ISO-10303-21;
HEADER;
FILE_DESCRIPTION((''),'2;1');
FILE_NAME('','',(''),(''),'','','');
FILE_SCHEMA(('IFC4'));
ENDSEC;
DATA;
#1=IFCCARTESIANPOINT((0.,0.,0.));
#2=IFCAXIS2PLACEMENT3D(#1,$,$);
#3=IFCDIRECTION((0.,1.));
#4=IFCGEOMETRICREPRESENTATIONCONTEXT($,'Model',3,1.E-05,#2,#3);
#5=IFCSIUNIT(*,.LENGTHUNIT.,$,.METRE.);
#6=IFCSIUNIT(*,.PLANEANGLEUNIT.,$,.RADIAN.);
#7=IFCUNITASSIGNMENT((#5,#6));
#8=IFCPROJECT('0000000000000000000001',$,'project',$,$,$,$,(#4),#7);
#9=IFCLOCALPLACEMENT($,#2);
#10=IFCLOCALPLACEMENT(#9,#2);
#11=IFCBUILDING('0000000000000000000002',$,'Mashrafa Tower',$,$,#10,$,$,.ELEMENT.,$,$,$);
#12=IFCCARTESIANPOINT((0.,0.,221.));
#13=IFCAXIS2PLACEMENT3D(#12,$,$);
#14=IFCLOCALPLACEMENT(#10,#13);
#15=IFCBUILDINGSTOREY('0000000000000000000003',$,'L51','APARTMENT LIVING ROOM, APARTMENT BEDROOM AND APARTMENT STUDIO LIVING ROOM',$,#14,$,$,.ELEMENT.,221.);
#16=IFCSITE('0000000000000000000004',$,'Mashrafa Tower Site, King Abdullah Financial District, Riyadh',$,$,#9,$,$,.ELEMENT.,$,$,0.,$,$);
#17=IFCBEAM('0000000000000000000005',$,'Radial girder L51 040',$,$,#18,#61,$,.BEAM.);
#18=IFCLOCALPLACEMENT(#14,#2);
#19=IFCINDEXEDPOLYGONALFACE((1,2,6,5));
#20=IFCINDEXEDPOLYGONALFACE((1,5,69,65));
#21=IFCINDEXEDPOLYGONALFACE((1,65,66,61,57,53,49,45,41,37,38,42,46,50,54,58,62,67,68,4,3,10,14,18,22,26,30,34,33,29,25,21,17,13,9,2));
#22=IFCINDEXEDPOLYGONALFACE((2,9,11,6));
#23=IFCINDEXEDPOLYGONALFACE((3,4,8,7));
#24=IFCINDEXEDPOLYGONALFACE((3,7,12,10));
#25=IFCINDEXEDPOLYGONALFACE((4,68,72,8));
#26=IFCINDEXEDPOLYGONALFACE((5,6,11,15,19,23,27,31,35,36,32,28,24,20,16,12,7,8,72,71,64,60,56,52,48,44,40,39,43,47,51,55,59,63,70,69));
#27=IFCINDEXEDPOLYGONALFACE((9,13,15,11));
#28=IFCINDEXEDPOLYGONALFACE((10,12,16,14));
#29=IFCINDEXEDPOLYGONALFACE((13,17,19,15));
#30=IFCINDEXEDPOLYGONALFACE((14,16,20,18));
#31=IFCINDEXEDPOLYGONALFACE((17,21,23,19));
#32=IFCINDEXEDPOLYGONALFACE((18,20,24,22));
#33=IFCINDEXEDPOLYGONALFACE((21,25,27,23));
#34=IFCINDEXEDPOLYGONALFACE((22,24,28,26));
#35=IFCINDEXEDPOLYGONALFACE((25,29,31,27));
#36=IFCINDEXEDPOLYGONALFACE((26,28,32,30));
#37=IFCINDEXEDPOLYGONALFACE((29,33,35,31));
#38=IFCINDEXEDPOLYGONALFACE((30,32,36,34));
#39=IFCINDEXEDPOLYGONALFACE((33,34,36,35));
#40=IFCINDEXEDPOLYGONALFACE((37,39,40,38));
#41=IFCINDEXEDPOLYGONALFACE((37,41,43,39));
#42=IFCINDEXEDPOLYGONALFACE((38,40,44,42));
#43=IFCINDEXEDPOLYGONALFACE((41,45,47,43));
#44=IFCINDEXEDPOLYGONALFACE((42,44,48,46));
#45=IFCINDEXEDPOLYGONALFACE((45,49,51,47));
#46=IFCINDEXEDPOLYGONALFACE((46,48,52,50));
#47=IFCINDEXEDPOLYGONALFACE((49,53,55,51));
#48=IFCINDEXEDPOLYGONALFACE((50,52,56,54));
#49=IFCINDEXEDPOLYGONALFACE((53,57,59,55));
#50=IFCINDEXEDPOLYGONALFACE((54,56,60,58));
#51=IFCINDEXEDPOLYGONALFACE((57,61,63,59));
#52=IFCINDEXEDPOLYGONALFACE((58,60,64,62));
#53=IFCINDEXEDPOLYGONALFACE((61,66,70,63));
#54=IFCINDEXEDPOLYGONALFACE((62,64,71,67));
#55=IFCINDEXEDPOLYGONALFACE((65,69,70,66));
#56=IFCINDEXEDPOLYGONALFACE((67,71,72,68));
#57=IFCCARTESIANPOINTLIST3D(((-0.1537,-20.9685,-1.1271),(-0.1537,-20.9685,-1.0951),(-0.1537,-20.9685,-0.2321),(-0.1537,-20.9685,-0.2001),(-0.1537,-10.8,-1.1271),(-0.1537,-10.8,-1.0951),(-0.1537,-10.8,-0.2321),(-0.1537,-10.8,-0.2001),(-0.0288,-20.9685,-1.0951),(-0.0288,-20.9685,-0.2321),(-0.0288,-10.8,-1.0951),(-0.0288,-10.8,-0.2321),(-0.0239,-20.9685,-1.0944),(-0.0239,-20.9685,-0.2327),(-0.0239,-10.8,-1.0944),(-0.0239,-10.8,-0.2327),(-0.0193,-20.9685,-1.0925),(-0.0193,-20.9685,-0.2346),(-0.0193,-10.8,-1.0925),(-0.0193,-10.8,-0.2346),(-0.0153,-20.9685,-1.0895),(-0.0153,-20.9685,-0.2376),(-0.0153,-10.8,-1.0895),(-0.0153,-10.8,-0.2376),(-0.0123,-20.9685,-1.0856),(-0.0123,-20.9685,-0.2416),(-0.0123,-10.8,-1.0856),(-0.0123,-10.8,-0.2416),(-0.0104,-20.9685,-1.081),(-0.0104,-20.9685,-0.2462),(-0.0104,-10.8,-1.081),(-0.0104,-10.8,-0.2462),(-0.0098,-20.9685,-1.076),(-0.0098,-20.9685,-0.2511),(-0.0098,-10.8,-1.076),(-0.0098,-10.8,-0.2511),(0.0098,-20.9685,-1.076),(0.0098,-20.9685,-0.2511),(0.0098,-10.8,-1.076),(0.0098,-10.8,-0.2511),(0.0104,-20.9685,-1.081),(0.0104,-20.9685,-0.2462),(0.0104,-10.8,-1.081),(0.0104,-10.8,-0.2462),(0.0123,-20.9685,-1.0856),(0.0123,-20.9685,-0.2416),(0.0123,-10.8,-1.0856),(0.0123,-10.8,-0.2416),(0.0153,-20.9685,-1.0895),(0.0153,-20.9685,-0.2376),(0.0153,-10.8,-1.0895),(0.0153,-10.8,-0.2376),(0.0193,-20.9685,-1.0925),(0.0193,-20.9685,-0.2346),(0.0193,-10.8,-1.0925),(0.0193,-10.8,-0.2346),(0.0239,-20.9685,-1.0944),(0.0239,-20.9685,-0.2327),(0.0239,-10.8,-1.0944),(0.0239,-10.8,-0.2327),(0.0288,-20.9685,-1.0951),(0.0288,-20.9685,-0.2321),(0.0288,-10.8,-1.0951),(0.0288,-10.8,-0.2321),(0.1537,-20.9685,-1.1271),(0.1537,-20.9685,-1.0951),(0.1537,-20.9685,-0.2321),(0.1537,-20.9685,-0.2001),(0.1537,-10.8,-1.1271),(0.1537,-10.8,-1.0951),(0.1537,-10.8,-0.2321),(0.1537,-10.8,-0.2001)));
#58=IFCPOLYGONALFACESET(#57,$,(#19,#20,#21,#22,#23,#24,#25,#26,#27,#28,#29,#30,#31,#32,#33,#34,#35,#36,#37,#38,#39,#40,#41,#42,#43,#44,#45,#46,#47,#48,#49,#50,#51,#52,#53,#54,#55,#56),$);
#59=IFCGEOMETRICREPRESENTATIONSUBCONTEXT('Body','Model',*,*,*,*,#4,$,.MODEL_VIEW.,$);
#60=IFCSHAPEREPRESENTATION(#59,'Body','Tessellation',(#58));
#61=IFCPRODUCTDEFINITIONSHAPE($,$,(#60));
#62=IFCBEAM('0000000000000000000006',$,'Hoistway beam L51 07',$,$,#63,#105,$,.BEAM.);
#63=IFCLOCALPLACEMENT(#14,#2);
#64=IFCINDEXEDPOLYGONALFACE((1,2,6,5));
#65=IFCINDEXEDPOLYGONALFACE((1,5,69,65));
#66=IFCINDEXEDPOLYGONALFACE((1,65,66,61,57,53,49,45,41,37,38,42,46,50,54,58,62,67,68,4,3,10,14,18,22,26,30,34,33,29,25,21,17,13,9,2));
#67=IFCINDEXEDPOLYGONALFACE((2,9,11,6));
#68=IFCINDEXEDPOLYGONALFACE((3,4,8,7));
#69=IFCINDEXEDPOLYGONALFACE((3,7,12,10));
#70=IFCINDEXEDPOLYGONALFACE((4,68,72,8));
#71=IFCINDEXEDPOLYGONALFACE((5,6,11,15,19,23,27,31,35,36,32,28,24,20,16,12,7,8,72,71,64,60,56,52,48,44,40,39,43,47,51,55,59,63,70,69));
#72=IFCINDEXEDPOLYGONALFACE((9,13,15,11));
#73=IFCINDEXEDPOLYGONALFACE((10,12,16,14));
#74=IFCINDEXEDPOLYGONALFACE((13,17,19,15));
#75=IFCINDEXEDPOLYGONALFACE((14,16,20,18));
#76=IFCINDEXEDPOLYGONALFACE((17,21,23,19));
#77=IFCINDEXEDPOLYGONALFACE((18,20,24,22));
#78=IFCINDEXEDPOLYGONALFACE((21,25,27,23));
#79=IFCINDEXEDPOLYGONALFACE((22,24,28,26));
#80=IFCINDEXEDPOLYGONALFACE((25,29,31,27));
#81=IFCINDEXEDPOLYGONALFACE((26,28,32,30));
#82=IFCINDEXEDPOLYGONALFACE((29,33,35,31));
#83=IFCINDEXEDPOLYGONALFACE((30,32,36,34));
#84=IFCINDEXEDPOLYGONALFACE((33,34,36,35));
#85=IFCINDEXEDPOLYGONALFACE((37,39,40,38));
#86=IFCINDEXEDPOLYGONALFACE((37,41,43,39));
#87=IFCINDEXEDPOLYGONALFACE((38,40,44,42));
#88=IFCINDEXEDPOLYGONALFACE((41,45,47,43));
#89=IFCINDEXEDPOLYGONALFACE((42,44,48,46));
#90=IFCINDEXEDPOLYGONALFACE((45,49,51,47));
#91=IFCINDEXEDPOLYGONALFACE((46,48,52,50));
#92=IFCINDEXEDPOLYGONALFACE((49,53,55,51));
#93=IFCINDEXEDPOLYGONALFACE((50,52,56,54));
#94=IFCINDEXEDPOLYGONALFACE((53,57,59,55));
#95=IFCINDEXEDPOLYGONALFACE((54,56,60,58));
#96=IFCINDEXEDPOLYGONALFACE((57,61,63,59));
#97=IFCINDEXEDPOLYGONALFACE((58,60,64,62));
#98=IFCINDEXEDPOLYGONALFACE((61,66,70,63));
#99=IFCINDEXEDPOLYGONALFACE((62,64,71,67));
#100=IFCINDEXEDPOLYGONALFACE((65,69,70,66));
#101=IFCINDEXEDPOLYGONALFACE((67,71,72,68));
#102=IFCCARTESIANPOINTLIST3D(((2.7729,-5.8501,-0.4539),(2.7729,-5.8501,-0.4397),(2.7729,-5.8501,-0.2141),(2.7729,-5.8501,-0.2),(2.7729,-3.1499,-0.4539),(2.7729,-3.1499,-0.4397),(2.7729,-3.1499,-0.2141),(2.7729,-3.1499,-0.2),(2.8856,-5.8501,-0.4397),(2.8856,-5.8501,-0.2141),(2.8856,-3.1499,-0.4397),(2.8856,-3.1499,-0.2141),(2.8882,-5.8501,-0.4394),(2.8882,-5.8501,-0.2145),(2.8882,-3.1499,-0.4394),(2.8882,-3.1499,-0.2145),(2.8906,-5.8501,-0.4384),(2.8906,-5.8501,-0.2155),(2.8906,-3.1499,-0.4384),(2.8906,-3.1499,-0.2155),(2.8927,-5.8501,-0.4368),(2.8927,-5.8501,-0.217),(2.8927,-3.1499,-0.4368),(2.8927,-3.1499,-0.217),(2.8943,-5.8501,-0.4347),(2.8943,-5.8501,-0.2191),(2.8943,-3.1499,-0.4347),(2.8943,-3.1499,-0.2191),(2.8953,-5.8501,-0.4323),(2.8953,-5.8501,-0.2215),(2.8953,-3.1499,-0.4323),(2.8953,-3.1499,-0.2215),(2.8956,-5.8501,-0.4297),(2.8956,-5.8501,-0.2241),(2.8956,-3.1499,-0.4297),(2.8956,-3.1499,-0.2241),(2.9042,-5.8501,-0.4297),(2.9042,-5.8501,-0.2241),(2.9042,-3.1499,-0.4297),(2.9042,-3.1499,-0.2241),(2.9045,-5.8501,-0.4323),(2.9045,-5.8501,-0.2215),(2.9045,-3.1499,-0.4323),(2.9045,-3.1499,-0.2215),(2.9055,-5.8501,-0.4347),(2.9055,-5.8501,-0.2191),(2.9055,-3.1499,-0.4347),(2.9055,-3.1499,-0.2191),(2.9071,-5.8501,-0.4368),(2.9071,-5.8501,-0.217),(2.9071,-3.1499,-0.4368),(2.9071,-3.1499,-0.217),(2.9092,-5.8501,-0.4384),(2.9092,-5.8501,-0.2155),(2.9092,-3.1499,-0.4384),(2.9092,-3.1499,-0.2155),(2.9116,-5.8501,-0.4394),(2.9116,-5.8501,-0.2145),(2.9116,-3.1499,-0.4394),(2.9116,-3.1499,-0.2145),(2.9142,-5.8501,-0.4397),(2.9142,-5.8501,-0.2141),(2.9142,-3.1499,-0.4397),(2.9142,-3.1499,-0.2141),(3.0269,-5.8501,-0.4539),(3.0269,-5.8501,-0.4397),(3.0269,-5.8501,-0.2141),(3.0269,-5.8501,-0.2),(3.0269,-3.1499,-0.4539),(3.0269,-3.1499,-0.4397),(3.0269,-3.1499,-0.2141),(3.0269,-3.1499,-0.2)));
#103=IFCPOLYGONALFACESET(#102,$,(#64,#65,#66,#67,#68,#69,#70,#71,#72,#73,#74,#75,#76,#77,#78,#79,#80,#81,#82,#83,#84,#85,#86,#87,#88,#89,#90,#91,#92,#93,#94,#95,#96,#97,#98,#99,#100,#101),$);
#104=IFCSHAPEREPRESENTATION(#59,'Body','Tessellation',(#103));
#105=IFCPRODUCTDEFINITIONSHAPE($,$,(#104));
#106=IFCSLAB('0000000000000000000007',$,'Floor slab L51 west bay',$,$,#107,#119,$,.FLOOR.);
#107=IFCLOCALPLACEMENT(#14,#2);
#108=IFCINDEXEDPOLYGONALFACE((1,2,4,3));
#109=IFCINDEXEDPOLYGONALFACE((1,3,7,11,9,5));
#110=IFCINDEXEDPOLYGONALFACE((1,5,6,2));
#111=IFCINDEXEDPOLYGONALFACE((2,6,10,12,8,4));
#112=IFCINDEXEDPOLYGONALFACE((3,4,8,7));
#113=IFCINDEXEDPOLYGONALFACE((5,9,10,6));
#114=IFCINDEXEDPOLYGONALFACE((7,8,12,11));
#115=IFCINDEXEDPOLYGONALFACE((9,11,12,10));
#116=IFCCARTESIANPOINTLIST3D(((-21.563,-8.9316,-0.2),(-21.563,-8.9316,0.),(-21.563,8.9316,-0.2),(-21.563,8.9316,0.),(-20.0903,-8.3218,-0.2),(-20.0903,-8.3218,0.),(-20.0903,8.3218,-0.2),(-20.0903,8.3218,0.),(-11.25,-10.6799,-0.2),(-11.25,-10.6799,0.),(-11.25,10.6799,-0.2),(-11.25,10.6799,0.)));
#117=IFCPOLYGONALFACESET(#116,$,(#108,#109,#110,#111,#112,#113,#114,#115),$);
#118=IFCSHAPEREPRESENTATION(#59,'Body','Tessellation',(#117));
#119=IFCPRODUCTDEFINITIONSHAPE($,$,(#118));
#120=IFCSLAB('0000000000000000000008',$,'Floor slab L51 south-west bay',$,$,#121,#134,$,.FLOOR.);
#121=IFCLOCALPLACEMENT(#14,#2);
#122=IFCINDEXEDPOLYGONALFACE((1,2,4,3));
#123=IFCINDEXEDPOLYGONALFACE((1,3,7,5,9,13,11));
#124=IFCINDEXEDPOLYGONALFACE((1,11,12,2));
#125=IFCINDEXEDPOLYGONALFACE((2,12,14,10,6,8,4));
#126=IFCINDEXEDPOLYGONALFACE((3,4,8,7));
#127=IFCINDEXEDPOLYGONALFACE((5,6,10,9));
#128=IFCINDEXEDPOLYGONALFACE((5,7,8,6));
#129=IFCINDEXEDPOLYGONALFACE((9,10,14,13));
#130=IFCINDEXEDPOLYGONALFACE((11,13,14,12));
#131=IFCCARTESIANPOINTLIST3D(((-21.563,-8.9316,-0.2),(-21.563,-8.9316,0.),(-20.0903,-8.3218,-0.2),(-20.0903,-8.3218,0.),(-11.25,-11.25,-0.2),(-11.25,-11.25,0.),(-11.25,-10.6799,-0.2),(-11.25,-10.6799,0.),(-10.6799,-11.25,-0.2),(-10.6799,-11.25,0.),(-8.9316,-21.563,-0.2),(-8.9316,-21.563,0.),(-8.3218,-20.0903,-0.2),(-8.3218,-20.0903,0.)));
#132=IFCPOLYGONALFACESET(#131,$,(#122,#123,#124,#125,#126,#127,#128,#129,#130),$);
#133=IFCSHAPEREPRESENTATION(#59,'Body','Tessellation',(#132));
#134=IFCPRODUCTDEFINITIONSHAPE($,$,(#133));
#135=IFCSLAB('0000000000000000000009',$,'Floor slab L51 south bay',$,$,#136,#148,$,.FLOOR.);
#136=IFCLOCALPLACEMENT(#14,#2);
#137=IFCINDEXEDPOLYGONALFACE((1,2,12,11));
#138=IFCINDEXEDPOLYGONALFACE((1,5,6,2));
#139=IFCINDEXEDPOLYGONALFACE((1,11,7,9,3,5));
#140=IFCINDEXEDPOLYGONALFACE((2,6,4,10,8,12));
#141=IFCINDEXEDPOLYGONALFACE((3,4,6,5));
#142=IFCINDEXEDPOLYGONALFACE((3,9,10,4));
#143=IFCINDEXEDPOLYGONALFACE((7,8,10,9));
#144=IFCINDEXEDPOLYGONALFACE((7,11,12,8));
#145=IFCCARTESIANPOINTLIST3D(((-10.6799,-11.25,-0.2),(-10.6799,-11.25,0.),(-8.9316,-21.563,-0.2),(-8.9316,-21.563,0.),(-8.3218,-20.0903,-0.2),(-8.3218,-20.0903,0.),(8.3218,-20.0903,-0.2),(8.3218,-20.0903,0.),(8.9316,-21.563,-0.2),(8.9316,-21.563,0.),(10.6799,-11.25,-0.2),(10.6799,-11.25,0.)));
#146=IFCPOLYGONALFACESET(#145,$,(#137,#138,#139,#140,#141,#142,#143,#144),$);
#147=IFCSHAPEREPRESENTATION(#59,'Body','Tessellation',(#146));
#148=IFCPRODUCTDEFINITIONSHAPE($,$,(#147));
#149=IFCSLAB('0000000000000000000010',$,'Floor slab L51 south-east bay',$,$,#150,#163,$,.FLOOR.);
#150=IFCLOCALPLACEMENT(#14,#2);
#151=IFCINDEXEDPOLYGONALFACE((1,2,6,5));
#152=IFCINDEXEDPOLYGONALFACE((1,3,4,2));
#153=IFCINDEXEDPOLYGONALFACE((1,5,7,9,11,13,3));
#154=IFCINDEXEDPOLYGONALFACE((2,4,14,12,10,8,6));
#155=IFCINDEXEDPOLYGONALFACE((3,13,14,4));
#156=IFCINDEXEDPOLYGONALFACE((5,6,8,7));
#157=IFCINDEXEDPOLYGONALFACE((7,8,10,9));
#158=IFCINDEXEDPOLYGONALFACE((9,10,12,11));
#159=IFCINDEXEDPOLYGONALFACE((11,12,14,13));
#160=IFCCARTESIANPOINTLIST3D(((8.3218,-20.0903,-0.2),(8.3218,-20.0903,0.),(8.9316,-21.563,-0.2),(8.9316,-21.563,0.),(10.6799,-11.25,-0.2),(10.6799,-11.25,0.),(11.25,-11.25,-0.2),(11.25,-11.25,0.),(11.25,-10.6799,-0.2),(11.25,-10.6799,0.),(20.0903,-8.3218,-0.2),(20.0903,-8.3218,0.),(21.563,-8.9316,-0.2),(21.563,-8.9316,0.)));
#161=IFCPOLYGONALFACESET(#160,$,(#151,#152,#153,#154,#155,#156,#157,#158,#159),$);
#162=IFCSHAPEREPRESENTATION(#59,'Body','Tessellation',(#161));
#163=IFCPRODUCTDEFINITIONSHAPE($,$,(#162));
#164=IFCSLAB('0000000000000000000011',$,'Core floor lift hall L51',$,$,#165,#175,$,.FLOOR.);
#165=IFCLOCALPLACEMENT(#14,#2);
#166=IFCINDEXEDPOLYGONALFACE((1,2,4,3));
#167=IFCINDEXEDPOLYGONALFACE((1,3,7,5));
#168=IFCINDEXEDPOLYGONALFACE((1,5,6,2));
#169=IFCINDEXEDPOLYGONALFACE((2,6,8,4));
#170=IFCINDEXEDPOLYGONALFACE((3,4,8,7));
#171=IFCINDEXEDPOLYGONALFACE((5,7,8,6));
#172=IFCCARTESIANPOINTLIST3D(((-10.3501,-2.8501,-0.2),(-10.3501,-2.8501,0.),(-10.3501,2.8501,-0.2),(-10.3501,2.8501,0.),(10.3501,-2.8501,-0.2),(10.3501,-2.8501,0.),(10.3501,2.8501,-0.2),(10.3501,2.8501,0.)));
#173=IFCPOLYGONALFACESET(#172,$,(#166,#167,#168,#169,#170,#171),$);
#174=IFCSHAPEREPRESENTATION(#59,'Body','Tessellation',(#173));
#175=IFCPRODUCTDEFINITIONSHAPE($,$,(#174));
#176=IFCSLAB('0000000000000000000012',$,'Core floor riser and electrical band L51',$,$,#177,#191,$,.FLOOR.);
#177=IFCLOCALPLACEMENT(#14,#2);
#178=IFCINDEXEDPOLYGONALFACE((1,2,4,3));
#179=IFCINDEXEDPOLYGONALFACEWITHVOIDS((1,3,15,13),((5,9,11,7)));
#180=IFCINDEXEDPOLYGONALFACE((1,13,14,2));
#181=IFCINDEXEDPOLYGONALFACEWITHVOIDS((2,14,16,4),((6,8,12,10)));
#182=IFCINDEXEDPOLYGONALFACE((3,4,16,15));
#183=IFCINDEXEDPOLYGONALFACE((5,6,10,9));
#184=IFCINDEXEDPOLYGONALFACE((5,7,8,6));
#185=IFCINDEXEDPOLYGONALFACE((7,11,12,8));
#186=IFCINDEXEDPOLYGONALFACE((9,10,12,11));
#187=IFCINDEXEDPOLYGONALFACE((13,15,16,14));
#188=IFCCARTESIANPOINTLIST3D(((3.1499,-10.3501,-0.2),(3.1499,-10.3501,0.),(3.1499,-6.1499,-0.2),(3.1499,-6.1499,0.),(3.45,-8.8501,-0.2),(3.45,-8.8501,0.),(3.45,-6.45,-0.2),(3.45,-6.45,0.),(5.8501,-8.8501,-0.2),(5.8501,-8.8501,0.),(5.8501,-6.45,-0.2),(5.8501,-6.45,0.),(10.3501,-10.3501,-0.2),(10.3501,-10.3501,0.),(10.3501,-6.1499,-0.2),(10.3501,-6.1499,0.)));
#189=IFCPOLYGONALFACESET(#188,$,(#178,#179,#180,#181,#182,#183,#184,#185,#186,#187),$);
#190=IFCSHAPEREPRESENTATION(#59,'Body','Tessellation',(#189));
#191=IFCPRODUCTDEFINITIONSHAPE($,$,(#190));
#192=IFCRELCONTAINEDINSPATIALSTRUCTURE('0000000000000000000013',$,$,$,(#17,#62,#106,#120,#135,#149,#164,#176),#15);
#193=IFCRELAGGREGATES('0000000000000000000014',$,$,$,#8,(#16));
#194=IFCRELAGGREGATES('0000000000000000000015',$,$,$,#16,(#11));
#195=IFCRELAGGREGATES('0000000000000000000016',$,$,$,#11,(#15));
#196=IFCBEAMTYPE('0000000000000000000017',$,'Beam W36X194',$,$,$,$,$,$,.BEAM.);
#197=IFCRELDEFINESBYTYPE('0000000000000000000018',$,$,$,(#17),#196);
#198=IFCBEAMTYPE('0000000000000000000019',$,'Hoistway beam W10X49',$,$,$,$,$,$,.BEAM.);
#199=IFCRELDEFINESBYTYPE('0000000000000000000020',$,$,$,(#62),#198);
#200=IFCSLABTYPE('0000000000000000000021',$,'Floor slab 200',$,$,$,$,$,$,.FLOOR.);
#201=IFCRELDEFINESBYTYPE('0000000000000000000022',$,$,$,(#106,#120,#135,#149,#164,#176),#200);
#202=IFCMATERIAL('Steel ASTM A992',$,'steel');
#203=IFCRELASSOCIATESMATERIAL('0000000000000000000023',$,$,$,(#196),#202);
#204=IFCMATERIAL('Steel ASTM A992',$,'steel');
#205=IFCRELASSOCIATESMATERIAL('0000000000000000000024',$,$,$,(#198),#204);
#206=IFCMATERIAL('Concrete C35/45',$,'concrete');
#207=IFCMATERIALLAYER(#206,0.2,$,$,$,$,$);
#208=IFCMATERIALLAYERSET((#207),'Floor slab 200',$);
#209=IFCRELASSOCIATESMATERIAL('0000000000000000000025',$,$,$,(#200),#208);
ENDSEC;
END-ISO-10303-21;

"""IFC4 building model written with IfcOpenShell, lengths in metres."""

from ifc_helpers import new_model, si_unit, direction, frame, origin, origin_2d, place, context, subcontext, project, spatial, polyline, i_section, outline, extrude, material, layer, layer_set, material_profile, profile_set, type_object, element, save


model = new_model("IFC4")

# Units and contexts
model_context = context("Model", 3, precision=1e-05, world=origin(), true_north=direction((0.0, 1.0)))
body_context = subcontext(model_context, "Body", "Model", "MODEL_VIEW")
ifc_project = project(units=[si_unit("LENGTHUNIT", "METRE"), si_unit("PLANEANGLEUNIT", "RADIAN")], contexts=[model_context])

# Site, building, storey
site_placement = place(None, origin())
site = spatial("IfcSite", under=ifc_project, at=site_placement, Name="Mashrafa Tower Site, King Abdullah Financial District, Riyadh", CompositionType="ELEMENT", RefElevation=0.0)
building_placement = place(site_placement, origin())
building = spatial("IfcBuilding", under=site, at=building_placement, Name="Mashrafa Tower", CompositionType="ELEMENT")
storey_placement = place(building_placement, frame((0.0, 0.0, 221.0)))
storey = spatial("IfcBuildingStorey", under=building, at=storey_placement, Name="L51", Description="APARTMENT LIVING ROOM, APARTMENT BEDROOM AND APARTMENT STUDIO LIVING ROOM", CompositionType="ELEMENT", Elevation=221.0)

# Beams
ifc_material_1 = material(Name="Steel ASTM A992", Category="steel")
ifc_material_profile_1 = material_profile(ifc_material_1, i_section(OverallWidth=0.3074, OverallDepth=0.927, WebThickness=0.0195, FlangeThickness=0.032, FilletRadius=0.019, at=origin_2d()), Name="W36X194")
ifc_profile_set_1 = profile_set([ifc_material_profile_1], Name="Steel ASTM A992")
beam_type_1 = type_object("IfcBeamType", Name="Beam W36X194", PredefinedType="BEAM", material=ifc_profile_set_1)
beam_1_placement = place(storey_placement, frame((0.0, -10.8, -0.6636), z_axis=(0.0, -1.0, 0.0), x_axis=(1.0, 0.0, 0.0)))
element("IfcBeam", 1, at=beam_1_placement, inside=storey, type_object=beam_type_1, Name="Radial girder L51 040", PredefinedType="BEAM", context=body_context, shape_type="SweptSolid", body=[
    extrude(i_section(OverallWidth=0.3074, OverallDepth=0.927, WebThickness=0.0195, FlangeThickness=0.032, FilletRadius=0.019, at=origin_2d()), origin(), (0.0, 0.0, 1.0), 10.1685),
])
ifc_material_2 = material(Name="Steel ASTM A992", Category="steel")
ifc_material_profile_2 = material_profile(ifc_material_2, i_section(OverallWidth=0.2539, OverallDepth=0.2539, WebThickness=0.0085, FlangeThickness=0.0142, FilletRadius=0.01, at=origin_2d()), Name="W10X49")
ifc_profile_set_2 = profile_set([ifc_material_profile_2], Name="Steel ASTM A992")
beam_type_2 = type_object("IfcBeamType", Name="Hoistway beam W10X49", PredefinedType="BEAM", material=ifc_profile_set_2)
beam_2_placement = place(storey_placement, frame((2.8999, -5.8501, -0.3269), z_axis=(0.0, 1.0, 0.0), x_axis=(-1.0, 0.0, 0.0)))
element("IfcBeam", 2, at=beam_2_placement, inside=storey, type_object=beam_type_2, Name="Hoistway beam L51 07", PredefinedType="BEAM", context=body_context, shape_type="SweptSolid", body=[
    extrude(i_section(OverallWidth=0.2539, OverallDepth=0.2539, WebThickness=0.0085, FlangeThickness=0.0142, FilletRadius=0.01, at=origin_2d()), origin(), (0.0, 0.0, 1.0), 2.7002),
])

# Slabs
ifc_material_3 = material(Name="Concrete C35/45", Category="concrete")
ifc_layer_1 = layer(ifc_material_3, 0.2)
ifc_layer_set_1 = layer_set([ifc_layer_1], Name="Floor slab 200")
slab_type = type_object("IfcSlabType", Name="Floor slab 200", PredefinedType="FLOOR", material=ifc_layer_set_1)
slab_1_placement = place(storey_placement, frame((0.0, 0.0, -0.2)))
element("IfcSlab", 3, at=slab_1_placement, inside=storey, type_object=slab_type, Name="Floor slab L51 west bay", PredefinedType="FLOOR", context=body_context, shape_type="SweptSolid", body=[
    extrude(outline(polyline([(-21.563, 8.9316), (-20.0903, 8.3218), (-11.25, 10.6799), (-11.25, -10.6799), (-20.0903, -8.3218), (-21.563, -8.9316), (-21.563, 8.9316)])), origin(), (0.0, 0.0, 1.0), 0.2),
])
slab_2_placement = place(storey_placement, frame((0.0, 0.0, -0.2)))
element("IfcSlab", 4, at=slab_2_placement, inside=storey, type_object=slab_type, Name="Floor slab L51 south-west bay", PredefinedType="FLOOR", context=body_context, shape_type="SweptSolid", body=[
    extrude(outline(polyline([(-8.9316, -21.563), (-21.563, -8.9316), (-21.563, -8.9316), (-20.0903, -8.3218), (-11.25, -10.6799), (-11.25, -11.25), (-10.6799, -11.25), (-8.3218, -20.0903), (-8.9316, -21.563), (-8.9316, -21.563)])), origin(), (0.0, 0.0, 1.0), 0.2),
])
slab_3_placement = place(storey_placement, frame((0.0, 0.0, -0.2)))
element("IfcSlab", 5, at=slab_3_placement, inside=storey, type_object=slab_type, Name="Floor slab L51 south bay", PredefinedType="FLOOR", context=body_context, shape_type="SweptSolid", body=[
    extrude(outline(polyline([(-8.9316, -21.563), (-8.3218, -20.0903), (-10.6799, -11.25), (10.6799, -11.25), (8.3218, -20.0903), (8.9316, -21.563), (-8.9316, -21.563)])), origin(), (0.0, 0.0, 1.0), 0.2),
])
slab_4_placement = place(storey_placement, frame((0.0, 0.0, -0.2)))
element("IfcSlab", 6, at=slab_4_placement, inside=storey, type_object=slab_type, Name="Floor slab L51 south-east bay", PredefinedType="FLOOR", context=body_context, shape_type="SweptSolid", body=[
    extrude(outline(polyline([(8.9316, -21.563), (8.3218, -20.0903), (10.6799, -11.25), (11.25, -11.25), (11.25, -10.6799), (20.0903, -8.3218), (21.563, -8.9316), (21.563, -8.9316), (8.9316, -21.563), (8.9316, -21.563)])), origin(), (0.0, 0.0, 1.0), 0.2),
])
slab_5_placement = place(storey_placement, frame((0.0, 0.0, -0.2)))
element("IfcSlab", 7, at=slab_5_placement, inside=storey, type_object=slab_type, Name="Core floor lift hall L51", PredefinedType="FLOOR", context=body_context, shape_type="SweptSolid", body=[
    extrude(outline(polyline([(-10.3501, 2.8501), (10.3501, 2.8501), (10.3501, -2.8501), (-10.3501, -2.8501), (-10.3501, 2.8501)])), origin(), (0.0, 0.0, 1.0), 0.2),
])
slab_6_placement = place(storey_placement, frame((0.0, 0.0, -0.2)))
element("IfcSlab", 8, at=slab_6_placement, inside=storey, type_object=slab_type, Name="Core floor riser and electrical band L51", PredefinedType="FLOOR", context=body_context, shape_type="SweptSolid", body=[
    extrude(outline(polyline([(10.3501, -6.1499), (10.3501, -10.3501), (3.1499, -10.3501), (3.1499, -6.1499), (10.3501, -6.1499)]), holes=[polyline([(3.45, -8.8501), (5.8501, -8.8501), (5.8501, -6.45), (3.45, -6.45), (3.45, -8.8501)])]), origin(), (0.0, 0.0, 1.0), 0.2),
])

save(model, "model.ifc")
